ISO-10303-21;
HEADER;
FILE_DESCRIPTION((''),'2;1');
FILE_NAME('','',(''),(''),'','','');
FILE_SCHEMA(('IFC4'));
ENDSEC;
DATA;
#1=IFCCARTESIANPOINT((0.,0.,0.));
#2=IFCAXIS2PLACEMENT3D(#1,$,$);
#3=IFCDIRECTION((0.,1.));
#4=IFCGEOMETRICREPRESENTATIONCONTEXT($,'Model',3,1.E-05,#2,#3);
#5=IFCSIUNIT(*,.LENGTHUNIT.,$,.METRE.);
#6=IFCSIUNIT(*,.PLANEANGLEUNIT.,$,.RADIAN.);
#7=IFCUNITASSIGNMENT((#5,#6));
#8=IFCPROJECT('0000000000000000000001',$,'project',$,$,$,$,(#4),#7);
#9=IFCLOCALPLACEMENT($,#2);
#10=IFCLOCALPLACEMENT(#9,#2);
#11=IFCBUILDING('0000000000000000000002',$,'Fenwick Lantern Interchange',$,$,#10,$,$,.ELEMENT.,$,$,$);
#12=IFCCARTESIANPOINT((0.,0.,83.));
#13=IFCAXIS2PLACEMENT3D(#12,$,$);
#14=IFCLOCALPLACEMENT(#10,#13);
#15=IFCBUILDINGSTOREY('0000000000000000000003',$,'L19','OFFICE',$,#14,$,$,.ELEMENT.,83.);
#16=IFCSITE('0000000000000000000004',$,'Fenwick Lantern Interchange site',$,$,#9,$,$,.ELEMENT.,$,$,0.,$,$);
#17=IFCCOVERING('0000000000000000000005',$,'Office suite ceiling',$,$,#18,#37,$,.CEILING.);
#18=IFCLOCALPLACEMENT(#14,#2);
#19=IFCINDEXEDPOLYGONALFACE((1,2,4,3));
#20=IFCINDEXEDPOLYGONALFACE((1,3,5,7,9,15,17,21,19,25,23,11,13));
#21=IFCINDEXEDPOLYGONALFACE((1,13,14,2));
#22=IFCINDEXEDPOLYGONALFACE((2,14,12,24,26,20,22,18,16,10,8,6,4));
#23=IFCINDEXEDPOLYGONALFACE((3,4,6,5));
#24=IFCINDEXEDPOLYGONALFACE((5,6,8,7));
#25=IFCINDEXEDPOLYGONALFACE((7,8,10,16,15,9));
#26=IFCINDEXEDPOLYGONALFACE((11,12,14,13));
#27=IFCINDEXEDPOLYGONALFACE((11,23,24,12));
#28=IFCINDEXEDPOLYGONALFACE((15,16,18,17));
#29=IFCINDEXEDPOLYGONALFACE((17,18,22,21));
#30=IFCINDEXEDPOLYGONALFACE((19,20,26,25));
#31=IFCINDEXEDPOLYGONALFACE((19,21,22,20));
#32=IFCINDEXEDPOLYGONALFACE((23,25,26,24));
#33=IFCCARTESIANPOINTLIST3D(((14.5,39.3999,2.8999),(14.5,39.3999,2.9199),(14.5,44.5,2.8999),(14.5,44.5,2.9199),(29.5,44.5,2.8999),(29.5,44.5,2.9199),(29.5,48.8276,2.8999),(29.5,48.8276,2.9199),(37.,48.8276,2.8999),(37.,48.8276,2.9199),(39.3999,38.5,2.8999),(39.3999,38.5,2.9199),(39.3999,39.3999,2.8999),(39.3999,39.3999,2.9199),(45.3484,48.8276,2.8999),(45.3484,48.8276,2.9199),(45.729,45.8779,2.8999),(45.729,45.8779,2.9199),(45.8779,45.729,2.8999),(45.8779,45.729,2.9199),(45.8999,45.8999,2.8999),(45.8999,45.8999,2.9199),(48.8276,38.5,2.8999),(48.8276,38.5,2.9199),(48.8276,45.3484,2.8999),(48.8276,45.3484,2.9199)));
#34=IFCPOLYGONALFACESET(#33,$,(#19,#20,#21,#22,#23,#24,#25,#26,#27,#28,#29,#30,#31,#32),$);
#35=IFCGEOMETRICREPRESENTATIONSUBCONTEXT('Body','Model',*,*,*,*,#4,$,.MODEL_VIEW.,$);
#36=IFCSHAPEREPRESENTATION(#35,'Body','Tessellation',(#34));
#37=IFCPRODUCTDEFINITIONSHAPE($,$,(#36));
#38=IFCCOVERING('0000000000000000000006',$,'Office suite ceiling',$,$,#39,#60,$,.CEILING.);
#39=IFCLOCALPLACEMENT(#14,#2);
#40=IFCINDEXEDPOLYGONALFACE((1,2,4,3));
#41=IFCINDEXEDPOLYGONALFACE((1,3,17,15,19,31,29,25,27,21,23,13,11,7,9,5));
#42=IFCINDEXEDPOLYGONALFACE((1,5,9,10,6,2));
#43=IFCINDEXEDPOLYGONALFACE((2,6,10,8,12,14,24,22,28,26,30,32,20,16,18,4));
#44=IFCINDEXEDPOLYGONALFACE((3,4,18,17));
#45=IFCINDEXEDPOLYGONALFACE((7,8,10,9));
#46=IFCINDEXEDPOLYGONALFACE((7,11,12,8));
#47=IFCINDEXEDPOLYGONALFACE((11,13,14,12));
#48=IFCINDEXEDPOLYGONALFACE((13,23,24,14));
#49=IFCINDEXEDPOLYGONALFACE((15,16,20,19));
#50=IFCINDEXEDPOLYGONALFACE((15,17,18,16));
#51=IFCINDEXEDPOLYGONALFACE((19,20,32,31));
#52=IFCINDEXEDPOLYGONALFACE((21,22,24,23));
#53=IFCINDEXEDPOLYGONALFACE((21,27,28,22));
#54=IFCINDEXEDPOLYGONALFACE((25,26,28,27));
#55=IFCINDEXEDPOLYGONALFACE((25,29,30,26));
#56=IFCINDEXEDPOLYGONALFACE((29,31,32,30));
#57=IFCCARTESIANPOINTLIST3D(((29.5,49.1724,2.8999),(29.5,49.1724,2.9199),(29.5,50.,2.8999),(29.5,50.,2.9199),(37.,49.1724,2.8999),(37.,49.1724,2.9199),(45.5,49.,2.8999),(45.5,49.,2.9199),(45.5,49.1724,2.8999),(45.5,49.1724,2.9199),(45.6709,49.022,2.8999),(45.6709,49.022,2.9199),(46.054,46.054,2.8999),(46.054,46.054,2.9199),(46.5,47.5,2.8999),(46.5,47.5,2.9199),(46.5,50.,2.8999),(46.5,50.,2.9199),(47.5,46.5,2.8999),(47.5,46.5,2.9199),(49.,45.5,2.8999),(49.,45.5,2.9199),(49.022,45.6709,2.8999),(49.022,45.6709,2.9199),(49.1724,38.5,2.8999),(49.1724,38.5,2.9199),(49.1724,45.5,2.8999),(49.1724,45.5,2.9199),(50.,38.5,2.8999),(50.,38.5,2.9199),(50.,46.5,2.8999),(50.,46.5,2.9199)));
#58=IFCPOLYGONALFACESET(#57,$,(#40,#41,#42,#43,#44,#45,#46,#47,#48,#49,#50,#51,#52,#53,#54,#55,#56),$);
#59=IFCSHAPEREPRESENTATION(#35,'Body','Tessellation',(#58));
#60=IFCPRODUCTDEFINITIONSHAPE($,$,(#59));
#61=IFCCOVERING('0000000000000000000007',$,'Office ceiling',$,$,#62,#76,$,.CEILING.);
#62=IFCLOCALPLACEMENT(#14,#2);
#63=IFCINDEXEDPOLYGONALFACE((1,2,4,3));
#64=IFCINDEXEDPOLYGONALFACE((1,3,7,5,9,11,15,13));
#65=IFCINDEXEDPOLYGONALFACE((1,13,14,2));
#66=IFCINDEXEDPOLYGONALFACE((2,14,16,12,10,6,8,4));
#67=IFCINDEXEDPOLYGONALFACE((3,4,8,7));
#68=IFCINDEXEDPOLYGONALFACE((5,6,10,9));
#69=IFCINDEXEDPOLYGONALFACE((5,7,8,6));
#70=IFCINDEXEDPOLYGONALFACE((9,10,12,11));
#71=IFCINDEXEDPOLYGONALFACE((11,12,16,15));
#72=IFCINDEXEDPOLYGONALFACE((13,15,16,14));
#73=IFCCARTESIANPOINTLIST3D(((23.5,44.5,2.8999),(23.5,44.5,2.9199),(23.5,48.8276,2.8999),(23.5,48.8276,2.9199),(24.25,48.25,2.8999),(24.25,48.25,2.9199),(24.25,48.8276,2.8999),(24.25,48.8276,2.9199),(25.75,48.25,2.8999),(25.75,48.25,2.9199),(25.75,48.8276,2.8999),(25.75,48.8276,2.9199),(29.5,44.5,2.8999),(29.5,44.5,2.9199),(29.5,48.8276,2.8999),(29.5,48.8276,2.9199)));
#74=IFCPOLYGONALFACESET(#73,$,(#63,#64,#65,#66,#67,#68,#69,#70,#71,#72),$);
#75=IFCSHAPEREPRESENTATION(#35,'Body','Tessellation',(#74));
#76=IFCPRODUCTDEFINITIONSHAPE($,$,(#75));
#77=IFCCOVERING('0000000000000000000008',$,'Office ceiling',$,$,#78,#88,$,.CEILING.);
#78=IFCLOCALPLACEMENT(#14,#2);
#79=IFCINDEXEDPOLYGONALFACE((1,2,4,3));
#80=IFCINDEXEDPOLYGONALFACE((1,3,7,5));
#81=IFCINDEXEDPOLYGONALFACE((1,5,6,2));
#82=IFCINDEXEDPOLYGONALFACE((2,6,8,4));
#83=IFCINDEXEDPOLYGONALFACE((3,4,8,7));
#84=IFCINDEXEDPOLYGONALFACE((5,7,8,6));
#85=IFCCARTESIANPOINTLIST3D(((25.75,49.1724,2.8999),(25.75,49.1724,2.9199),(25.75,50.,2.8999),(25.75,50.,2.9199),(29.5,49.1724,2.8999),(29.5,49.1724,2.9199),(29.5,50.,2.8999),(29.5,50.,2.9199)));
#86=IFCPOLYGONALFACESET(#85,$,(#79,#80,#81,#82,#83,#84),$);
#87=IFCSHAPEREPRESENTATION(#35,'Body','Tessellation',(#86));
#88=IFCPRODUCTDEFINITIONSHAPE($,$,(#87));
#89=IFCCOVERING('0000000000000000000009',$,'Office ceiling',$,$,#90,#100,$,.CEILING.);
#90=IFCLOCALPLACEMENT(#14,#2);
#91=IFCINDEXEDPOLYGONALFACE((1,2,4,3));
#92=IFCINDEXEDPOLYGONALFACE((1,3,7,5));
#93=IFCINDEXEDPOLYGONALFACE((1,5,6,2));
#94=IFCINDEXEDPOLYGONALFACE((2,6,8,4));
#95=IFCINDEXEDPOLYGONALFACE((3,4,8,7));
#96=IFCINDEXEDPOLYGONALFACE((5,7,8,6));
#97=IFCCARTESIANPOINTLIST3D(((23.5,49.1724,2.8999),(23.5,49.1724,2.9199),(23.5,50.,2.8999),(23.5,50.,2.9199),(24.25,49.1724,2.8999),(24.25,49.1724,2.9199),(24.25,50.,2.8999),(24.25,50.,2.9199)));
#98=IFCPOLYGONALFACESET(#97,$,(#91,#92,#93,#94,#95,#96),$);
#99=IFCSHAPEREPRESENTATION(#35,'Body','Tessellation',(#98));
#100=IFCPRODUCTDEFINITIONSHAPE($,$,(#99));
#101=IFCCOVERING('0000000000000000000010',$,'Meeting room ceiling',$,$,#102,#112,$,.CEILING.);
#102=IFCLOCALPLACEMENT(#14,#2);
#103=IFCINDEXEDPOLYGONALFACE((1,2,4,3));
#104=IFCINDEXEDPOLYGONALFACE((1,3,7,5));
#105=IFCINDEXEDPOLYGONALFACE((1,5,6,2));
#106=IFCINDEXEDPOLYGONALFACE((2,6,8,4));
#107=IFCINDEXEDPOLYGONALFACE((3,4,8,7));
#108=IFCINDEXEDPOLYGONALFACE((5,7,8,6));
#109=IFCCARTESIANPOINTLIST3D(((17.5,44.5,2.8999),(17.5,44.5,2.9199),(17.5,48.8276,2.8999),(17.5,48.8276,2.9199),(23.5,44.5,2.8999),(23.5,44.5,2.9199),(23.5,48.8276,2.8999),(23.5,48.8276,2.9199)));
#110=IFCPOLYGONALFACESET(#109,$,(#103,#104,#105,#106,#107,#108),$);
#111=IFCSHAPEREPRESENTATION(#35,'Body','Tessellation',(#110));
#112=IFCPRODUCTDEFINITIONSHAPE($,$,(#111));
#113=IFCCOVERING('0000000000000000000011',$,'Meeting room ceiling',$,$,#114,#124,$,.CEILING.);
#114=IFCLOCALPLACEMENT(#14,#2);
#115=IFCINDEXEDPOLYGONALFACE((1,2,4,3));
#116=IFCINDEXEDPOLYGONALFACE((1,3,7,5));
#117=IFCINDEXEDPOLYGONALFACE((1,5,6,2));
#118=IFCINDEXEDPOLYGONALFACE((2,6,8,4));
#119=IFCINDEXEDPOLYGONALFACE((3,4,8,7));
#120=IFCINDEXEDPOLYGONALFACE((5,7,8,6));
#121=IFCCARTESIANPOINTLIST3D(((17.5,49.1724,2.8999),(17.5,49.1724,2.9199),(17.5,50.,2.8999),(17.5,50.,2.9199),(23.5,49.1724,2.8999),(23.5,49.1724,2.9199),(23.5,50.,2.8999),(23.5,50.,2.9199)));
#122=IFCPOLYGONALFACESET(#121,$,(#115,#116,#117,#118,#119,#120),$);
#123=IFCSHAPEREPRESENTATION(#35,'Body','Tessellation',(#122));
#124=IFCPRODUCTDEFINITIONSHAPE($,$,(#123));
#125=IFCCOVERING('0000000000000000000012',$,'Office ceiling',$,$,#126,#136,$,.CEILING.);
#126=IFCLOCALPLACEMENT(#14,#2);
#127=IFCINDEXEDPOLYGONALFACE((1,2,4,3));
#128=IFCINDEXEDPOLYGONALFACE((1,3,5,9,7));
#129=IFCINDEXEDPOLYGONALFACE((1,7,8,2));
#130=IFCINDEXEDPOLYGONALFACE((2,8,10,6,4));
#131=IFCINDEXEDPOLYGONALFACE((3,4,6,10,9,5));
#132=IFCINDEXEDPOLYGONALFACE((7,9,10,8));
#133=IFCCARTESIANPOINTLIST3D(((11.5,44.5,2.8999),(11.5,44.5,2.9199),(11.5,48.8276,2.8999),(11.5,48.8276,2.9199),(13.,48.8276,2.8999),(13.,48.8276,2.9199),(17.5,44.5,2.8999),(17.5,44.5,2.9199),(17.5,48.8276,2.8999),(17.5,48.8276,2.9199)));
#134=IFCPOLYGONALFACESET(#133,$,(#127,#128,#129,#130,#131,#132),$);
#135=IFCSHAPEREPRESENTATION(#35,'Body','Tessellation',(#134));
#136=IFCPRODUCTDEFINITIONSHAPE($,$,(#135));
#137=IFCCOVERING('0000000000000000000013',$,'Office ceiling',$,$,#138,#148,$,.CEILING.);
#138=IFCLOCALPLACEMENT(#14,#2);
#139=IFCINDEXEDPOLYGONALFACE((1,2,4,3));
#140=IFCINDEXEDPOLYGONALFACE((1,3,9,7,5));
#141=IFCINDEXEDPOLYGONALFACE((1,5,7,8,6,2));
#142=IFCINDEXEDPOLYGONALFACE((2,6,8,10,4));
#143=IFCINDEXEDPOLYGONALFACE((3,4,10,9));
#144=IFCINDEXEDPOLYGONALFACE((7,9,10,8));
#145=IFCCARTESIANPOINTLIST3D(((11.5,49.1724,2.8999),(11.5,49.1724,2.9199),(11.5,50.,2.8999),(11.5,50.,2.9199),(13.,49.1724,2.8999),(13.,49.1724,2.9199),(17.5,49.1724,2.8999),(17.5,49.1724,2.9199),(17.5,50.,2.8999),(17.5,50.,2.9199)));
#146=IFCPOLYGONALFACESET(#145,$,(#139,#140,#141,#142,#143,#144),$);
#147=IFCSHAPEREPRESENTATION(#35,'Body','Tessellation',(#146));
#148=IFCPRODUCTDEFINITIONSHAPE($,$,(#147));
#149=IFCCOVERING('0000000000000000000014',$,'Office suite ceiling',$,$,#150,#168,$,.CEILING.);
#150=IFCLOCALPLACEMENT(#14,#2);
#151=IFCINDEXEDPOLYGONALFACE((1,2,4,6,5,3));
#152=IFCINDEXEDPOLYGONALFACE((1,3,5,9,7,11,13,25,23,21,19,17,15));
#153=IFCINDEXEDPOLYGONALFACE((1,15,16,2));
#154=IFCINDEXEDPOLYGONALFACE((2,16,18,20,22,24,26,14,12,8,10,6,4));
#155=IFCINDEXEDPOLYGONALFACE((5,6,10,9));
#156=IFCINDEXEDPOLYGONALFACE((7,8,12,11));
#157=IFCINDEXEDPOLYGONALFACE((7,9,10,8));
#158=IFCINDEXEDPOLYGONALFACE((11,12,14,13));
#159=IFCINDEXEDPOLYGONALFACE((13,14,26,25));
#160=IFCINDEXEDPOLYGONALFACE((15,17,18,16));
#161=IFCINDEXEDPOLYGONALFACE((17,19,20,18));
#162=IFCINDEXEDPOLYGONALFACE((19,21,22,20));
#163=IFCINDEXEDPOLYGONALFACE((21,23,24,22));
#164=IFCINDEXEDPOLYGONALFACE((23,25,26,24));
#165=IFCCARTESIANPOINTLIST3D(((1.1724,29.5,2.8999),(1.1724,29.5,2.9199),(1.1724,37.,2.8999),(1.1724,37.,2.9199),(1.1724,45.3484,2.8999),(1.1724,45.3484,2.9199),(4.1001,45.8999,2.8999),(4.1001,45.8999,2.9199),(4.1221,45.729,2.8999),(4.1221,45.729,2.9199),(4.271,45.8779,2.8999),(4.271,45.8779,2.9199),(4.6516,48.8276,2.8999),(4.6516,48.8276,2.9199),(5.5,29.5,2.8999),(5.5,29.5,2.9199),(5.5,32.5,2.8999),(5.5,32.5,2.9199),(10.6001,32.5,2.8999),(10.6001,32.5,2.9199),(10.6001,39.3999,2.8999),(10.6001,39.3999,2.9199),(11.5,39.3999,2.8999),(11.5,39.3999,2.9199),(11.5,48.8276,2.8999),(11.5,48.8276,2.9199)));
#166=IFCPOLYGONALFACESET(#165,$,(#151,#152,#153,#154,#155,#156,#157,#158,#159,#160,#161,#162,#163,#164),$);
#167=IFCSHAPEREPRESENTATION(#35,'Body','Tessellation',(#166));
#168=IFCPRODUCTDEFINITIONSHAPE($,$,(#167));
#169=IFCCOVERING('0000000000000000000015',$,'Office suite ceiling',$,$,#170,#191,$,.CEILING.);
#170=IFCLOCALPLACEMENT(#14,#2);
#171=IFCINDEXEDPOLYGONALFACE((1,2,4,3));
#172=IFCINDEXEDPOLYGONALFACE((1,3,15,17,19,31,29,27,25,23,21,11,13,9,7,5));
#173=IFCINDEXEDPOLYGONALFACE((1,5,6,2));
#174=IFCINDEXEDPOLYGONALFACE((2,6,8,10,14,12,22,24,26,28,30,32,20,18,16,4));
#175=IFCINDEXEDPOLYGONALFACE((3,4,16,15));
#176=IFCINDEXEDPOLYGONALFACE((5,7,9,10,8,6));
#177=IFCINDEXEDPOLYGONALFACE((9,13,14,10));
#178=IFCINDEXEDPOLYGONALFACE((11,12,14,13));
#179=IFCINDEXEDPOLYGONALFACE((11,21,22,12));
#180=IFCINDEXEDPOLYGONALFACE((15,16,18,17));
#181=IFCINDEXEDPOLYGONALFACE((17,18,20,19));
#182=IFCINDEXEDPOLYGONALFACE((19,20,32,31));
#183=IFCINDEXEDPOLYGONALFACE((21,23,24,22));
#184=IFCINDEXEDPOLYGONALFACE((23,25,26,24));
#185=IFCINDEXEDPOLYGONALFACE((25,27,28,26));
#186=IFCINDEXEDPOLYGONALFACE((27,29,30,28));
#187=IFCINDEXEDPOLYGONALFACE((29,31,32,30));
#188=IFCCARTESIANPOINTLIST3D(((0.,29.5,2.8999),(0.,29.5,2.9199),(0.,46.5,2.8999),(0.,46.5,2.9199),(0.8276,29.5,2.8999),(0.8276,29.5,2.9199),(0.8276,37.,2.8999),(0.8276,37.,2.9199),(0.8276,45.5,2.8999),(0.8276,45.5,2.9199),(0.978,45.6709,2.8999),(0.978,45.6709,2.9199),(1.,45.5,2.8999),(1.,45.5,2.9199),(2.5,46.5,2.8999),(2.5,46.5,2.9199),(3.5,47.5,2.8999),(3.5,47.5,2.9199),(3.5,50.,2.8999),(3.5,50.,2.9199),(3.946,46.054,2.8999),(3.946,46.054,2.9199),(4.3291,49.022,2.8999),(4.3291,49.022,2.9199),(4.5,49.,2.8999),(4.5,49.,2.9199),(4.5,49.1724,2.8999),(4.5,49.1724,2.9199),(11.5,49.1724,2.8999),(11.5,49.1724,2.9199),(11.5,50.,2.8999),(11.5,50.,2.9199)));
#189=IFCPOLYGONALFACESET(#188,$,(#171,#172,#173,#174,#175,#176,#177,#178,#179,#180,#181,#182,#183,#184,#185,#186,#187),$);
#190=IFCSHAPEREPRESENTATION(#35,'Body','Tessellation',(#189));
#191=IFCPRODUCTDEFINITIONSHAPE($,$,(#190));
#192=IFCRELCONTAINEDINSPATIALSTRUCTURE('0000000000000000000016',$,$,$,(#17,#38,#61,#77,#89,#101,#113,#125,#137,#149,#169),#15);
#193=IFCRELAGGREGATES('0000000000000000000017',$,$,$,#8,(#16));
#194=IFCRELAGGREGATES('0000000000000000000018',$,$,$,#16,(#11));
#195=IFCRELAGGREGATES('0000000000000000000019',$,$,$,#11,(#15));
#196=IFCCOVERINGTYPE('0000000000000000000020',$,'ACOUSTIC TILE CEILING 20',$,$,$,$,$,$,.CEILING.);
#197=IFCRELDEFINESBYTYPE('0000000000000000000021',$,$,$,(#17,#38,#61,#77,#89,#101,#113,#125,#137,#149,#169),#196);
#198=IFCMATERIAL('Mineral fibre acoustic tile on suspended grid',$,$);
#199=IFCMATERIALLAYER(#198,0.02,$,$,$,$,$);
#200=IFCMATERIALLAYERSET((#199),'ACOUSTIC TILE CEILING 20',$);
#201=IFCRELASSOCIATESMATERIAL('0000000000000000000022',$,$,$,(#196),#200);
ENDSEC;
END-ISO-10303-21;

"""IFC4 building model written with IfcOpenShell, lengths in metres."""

from ifc_helpers import new_model, si_unit, direction, frame, origin, place, context, subcontext, project, spatial, polyline, outline, extrude, material, layer, layer_set, type_object, element, save


model = new_model("IFC4")

# Units and contexts
model_context = context("Model", 3, precision=1e-05, world=origin(), true_north=direction((0.0, 1.0)))
body_context = subcontext(model_context, "Body", "Model", "MODEL_VIEW")
ifc_project = project(units=[si_unit("LENGTHUNIT", "METRE"), si_unit("PLANEANGLEUNIT", "RADIAN")], contexts=[model_context])

# Site, building, storey
site_placement = place(None, origin())
site = spatial("IfcSite", under=ifc_project, at=site_placement, Name="Fenwick Lantern Interchange site", CompositionType="ELEMENT", RefElevation=0.0)
building_placement = place(site_placement, origin())
building = spatial("IfcBuilding", under=site, at=building_placement, Name="Fenwick Lantern Interchange", CompositionType="ELEMENT")
storey_placement = place(building_placement, frame((0.0, 0.0, 83.0)))
storey = spatial("IfcBuildingStorey", under=building, at=storey_placement, Name="L19", Description="OFFICE", CompositionType="ELEMENT", Elevation=83.0)

# Coverings
ifc_material_1 = material(Name="Mineral fibre acoustic tile on suspended grid")
ifc_layer_1 = layer(ifc_material_1, 0.02)
ifc_layer_set_1 = layer_set([ifc_layer_1], Name="ACOUSTIC TILE CEILING 20")
covering_type_1 = type_object("IfcCoveringType", Name="ACOUSTIC TILE CEILING 20", PredefinedType="CEILING", material=ifc_layer_set_1)
covering_1_placement = place(storey_placement, frame((0.0, 0.0, 2.8999)))
element("IfcCovering", 1, at=covering_1_placement, inside=storey, type_object=covering_type_1, Name="Office suite ceiling", PredefinedType="CEILING", context=body_context, shape_type="SweptSolid", body=[
    extrude(outline(polyline([(39.3999, 38.5), (48.8276, 38.5), (48.8276, 45.3484), (45.8779, 45.729), (45.8999, 45.8999), (45.729, 45.8779), (45.3484, 48.8276), (37.0, 48.8276), (29.5, 48.8276), (29.5, 44.5), (14.5, 44.5), (14.5, 39.3999), (39.3999, 39.3999), (39.3999, 38.5)])), origin(), (0.0, 0.0, 1.0), 0.02),
])
covering_2_placement = place(storey_placement, frame((0.0, 0.0, 2.8999)))
element("IfcCovering", 2, at=covering_2_placement, inside=storey, type_object=covering_type_1, Name="Office suite ceiling", PredefinedType="CEILING", context=body_context, shape_type="SweptSolid", body=[
    extrude(outline(polyline([(46.5, 50.0), (29.5, 50.0), (29.5, 49.1724), (37.0, 49.1724), (45.5, 49.1724), (45.5, 49.0), (45.6709, 49.022), (46.054, 46.054), (49.022, 45.6709), (49.0, 45.5), (49.1724, 45.5), (49.1724, 38.5), (50.0, 38.5), (50.0, 46.5), (47.5, 46.5), (46.5, 47.5), (46.5, 50.0)])), origin(), (0.0, 0.0, 1.0), 0.02),
])
covering_3_placement = place(storey_placement, frame((0.0, 0.0, 2.8999)))
element("IfcCovering", 3, at=covering_3_placement, inside=storey, type_object=covering_type_1, Name="Office ceiling", PredefinedType="CEILING", context=body_context, shape_type="SweptSolid", body=[
    extrude(outline(polyline([(29.5, 44.5), (29.5, 48.8276), (25.75, 48.8276), (25.75, 48.25), (24.25, 48.25), (24.25, 48.8276), (23.5, 48.8276), (23.5, 44.5), (29.5, 44.5)])), origin(), (0.0, 0.0, 1.0), 0.02),
])
covering_4_placement = place(storey_placement, frame((0.0, 0.0, 2.8999)))
element("IfcCovering", 4, at=covering_4_placement, inside=storey, type_object=covering_type_1, Name="Office ceiling", PredefinedType="CEILING", context=body_context, shape_type="SweptSolid", body=[
    extrude(outline(polyline([(29.5, 49.1724), (29.5, 50.0), (25.75, 50.0), (25.75, 49.1724), (29.5, 49.1724)])), origin(), (0.0, 0.0, 1.0), 0.02),
])
covering_5_placement = place(storey_placement, frame((0.0, 0.0, 2.8999)))
element("IfcCovering", 5, at=covering_5_placement, inside=storey, type_object=covering_type_1, Name="Office ceiling", PredefinedType="CEILING", context=body_context, shape_type="SweptSolid", body=[
    extrude(outline(polyline([(23.5, 50.0), (23.5, 49.1724), (24.25, 49.1724), (24.25, 50.0), (23.5, 50.0)])), origin(), (0.0, 0.0, 1.0), 0.02),
])
covering_6_placement = place(storey_placement, frame((0.0, 0.0, 2.8999)))
element("IfcCovering", 6, at=covering_6_placement, inside=storey, type_object=covering_type_1, Name="Meeting room ceiling", PredefinedType="CEILING", context=body_context, shape_type="SweptSolid", body=[
    extrude(outline(polyline([(23.5, 44.5), (23.5, 48.8276), (17.5, 48.8276), (17.5, 44.5), (23.5, 44.5)])), origin(), (0.0, 0.0, 1.0), 0.02),
])
covering_7_placement = place(storey_placement, frame((0.0, 0.0, 2.8999)))
element("IfcCovering", 7, at=covering_7_placement, inside=storey, type_object=covering_type_1, Name="Meeting room ceiling", PredefinedType="CEILING", context=body_context, shape_type="SweptSolid", body=[
    extrude(outline(polyline([(17.5, 50.0), (17.5, 49.1724), (23.5, 49.1724), (23.5, 50.0), (17.5, 50.0)])), origin(), (0.0, 0.0, 1.0), 0.02),
])
covering_8_placement = place(storey_placement, frame((0.0, 0.0, 2.8999)))
element("IfcCovering", 8, at=covering_8_placement, inside=storey, type_object=covering_type_1, Name="Office ceiling", PredefinedType="CEILING", context=body_context, shape_type="SweptSolid", body=[
    extrude(outline(polyline([(17.5, 44.5), (17.5, 48.8276), (13.0, 48.8276), (11.5, 48.8276), (11.5, 44.5), (17.5, 44.5)])), origin(), (0.0, 0.0, 1.0), 0.02),
])
covering_9_placement = place(storey_placement, frame((0.0, 0.0, 2.8999)))
element("IfcCovering", 9, at=covering_9_placement, inside=storey, type_object=covering_type_1, Name="Office ceiling", PredefinedType="CEILING", context=body_context, shape_type="SweptSolid", body=[
    extrude(outline(polyline([(11.5, 50.0), (11.5, 49.1724), (13.0, 49.1724), (17.5, 49.1724), (17.5, 50.0), (11.5, 50.0)])), origin(), (0.0, 0.0, 1.0), 0.02),
])
covering_10_placement = place(storey_placement, frame((0.0, 0.0, 2.8999)))
element("IfcCovering", 10, at=covering_10_placement, inside=storey, type_object=covering_type_1, Name="Office suite ceiling", PredefinedType="CEILING", context=body_context, shape_type="SweptSolid", body=[
    extrude(outline(polyline([(1.1724, 29.5), (5.5, 29.5), (5.5, 32.5), (10.6001, 32.5), (10.6001, 39.3999), (11.5, 39.3999), (11.5, 48.8276), (4.6516, 48.8276), (4.271, 45.8779), (4.1001, 45.8999), (4.1221, 45.729), (1.1724, 45.3484), (1.1724, 37.0), (1.1724, 29.5)])), origin(), (0.0, 0.0, 1.0), 0.02),
])
covering_11_placement = place(storey_placement, frame((0.0, 0.0, 2.8999)))
element("IfcCovering", 11, at=covering_11_placement, inside=storey, type_object=covering_type_1, Name="Office suite ceiling", PredefinedType="CEILING", context=body_context, shape_type="SweptSolid", body=[
    extrude(outline(polyline([(0.0, 29.5), (0.8276, 29.5), (0.8276, 37.0), (0.8276, 45.5), (1.0, 45.5), (0.978, 45.6709), (3.946, 46.054), (4.3291, 49.022), (4.5, 49.0), (4.5, 49.1724), (11.5, 49.1724), (11.5, 50.0), (3.5, 50.0), (3.5, 47.5), (2.5, 46.5), (0.0, 46.5), (0.0, 29.5)])), origin(), (0.0, 0.0, 1.0), 0.02),
])

save(model, "model.ifc")
